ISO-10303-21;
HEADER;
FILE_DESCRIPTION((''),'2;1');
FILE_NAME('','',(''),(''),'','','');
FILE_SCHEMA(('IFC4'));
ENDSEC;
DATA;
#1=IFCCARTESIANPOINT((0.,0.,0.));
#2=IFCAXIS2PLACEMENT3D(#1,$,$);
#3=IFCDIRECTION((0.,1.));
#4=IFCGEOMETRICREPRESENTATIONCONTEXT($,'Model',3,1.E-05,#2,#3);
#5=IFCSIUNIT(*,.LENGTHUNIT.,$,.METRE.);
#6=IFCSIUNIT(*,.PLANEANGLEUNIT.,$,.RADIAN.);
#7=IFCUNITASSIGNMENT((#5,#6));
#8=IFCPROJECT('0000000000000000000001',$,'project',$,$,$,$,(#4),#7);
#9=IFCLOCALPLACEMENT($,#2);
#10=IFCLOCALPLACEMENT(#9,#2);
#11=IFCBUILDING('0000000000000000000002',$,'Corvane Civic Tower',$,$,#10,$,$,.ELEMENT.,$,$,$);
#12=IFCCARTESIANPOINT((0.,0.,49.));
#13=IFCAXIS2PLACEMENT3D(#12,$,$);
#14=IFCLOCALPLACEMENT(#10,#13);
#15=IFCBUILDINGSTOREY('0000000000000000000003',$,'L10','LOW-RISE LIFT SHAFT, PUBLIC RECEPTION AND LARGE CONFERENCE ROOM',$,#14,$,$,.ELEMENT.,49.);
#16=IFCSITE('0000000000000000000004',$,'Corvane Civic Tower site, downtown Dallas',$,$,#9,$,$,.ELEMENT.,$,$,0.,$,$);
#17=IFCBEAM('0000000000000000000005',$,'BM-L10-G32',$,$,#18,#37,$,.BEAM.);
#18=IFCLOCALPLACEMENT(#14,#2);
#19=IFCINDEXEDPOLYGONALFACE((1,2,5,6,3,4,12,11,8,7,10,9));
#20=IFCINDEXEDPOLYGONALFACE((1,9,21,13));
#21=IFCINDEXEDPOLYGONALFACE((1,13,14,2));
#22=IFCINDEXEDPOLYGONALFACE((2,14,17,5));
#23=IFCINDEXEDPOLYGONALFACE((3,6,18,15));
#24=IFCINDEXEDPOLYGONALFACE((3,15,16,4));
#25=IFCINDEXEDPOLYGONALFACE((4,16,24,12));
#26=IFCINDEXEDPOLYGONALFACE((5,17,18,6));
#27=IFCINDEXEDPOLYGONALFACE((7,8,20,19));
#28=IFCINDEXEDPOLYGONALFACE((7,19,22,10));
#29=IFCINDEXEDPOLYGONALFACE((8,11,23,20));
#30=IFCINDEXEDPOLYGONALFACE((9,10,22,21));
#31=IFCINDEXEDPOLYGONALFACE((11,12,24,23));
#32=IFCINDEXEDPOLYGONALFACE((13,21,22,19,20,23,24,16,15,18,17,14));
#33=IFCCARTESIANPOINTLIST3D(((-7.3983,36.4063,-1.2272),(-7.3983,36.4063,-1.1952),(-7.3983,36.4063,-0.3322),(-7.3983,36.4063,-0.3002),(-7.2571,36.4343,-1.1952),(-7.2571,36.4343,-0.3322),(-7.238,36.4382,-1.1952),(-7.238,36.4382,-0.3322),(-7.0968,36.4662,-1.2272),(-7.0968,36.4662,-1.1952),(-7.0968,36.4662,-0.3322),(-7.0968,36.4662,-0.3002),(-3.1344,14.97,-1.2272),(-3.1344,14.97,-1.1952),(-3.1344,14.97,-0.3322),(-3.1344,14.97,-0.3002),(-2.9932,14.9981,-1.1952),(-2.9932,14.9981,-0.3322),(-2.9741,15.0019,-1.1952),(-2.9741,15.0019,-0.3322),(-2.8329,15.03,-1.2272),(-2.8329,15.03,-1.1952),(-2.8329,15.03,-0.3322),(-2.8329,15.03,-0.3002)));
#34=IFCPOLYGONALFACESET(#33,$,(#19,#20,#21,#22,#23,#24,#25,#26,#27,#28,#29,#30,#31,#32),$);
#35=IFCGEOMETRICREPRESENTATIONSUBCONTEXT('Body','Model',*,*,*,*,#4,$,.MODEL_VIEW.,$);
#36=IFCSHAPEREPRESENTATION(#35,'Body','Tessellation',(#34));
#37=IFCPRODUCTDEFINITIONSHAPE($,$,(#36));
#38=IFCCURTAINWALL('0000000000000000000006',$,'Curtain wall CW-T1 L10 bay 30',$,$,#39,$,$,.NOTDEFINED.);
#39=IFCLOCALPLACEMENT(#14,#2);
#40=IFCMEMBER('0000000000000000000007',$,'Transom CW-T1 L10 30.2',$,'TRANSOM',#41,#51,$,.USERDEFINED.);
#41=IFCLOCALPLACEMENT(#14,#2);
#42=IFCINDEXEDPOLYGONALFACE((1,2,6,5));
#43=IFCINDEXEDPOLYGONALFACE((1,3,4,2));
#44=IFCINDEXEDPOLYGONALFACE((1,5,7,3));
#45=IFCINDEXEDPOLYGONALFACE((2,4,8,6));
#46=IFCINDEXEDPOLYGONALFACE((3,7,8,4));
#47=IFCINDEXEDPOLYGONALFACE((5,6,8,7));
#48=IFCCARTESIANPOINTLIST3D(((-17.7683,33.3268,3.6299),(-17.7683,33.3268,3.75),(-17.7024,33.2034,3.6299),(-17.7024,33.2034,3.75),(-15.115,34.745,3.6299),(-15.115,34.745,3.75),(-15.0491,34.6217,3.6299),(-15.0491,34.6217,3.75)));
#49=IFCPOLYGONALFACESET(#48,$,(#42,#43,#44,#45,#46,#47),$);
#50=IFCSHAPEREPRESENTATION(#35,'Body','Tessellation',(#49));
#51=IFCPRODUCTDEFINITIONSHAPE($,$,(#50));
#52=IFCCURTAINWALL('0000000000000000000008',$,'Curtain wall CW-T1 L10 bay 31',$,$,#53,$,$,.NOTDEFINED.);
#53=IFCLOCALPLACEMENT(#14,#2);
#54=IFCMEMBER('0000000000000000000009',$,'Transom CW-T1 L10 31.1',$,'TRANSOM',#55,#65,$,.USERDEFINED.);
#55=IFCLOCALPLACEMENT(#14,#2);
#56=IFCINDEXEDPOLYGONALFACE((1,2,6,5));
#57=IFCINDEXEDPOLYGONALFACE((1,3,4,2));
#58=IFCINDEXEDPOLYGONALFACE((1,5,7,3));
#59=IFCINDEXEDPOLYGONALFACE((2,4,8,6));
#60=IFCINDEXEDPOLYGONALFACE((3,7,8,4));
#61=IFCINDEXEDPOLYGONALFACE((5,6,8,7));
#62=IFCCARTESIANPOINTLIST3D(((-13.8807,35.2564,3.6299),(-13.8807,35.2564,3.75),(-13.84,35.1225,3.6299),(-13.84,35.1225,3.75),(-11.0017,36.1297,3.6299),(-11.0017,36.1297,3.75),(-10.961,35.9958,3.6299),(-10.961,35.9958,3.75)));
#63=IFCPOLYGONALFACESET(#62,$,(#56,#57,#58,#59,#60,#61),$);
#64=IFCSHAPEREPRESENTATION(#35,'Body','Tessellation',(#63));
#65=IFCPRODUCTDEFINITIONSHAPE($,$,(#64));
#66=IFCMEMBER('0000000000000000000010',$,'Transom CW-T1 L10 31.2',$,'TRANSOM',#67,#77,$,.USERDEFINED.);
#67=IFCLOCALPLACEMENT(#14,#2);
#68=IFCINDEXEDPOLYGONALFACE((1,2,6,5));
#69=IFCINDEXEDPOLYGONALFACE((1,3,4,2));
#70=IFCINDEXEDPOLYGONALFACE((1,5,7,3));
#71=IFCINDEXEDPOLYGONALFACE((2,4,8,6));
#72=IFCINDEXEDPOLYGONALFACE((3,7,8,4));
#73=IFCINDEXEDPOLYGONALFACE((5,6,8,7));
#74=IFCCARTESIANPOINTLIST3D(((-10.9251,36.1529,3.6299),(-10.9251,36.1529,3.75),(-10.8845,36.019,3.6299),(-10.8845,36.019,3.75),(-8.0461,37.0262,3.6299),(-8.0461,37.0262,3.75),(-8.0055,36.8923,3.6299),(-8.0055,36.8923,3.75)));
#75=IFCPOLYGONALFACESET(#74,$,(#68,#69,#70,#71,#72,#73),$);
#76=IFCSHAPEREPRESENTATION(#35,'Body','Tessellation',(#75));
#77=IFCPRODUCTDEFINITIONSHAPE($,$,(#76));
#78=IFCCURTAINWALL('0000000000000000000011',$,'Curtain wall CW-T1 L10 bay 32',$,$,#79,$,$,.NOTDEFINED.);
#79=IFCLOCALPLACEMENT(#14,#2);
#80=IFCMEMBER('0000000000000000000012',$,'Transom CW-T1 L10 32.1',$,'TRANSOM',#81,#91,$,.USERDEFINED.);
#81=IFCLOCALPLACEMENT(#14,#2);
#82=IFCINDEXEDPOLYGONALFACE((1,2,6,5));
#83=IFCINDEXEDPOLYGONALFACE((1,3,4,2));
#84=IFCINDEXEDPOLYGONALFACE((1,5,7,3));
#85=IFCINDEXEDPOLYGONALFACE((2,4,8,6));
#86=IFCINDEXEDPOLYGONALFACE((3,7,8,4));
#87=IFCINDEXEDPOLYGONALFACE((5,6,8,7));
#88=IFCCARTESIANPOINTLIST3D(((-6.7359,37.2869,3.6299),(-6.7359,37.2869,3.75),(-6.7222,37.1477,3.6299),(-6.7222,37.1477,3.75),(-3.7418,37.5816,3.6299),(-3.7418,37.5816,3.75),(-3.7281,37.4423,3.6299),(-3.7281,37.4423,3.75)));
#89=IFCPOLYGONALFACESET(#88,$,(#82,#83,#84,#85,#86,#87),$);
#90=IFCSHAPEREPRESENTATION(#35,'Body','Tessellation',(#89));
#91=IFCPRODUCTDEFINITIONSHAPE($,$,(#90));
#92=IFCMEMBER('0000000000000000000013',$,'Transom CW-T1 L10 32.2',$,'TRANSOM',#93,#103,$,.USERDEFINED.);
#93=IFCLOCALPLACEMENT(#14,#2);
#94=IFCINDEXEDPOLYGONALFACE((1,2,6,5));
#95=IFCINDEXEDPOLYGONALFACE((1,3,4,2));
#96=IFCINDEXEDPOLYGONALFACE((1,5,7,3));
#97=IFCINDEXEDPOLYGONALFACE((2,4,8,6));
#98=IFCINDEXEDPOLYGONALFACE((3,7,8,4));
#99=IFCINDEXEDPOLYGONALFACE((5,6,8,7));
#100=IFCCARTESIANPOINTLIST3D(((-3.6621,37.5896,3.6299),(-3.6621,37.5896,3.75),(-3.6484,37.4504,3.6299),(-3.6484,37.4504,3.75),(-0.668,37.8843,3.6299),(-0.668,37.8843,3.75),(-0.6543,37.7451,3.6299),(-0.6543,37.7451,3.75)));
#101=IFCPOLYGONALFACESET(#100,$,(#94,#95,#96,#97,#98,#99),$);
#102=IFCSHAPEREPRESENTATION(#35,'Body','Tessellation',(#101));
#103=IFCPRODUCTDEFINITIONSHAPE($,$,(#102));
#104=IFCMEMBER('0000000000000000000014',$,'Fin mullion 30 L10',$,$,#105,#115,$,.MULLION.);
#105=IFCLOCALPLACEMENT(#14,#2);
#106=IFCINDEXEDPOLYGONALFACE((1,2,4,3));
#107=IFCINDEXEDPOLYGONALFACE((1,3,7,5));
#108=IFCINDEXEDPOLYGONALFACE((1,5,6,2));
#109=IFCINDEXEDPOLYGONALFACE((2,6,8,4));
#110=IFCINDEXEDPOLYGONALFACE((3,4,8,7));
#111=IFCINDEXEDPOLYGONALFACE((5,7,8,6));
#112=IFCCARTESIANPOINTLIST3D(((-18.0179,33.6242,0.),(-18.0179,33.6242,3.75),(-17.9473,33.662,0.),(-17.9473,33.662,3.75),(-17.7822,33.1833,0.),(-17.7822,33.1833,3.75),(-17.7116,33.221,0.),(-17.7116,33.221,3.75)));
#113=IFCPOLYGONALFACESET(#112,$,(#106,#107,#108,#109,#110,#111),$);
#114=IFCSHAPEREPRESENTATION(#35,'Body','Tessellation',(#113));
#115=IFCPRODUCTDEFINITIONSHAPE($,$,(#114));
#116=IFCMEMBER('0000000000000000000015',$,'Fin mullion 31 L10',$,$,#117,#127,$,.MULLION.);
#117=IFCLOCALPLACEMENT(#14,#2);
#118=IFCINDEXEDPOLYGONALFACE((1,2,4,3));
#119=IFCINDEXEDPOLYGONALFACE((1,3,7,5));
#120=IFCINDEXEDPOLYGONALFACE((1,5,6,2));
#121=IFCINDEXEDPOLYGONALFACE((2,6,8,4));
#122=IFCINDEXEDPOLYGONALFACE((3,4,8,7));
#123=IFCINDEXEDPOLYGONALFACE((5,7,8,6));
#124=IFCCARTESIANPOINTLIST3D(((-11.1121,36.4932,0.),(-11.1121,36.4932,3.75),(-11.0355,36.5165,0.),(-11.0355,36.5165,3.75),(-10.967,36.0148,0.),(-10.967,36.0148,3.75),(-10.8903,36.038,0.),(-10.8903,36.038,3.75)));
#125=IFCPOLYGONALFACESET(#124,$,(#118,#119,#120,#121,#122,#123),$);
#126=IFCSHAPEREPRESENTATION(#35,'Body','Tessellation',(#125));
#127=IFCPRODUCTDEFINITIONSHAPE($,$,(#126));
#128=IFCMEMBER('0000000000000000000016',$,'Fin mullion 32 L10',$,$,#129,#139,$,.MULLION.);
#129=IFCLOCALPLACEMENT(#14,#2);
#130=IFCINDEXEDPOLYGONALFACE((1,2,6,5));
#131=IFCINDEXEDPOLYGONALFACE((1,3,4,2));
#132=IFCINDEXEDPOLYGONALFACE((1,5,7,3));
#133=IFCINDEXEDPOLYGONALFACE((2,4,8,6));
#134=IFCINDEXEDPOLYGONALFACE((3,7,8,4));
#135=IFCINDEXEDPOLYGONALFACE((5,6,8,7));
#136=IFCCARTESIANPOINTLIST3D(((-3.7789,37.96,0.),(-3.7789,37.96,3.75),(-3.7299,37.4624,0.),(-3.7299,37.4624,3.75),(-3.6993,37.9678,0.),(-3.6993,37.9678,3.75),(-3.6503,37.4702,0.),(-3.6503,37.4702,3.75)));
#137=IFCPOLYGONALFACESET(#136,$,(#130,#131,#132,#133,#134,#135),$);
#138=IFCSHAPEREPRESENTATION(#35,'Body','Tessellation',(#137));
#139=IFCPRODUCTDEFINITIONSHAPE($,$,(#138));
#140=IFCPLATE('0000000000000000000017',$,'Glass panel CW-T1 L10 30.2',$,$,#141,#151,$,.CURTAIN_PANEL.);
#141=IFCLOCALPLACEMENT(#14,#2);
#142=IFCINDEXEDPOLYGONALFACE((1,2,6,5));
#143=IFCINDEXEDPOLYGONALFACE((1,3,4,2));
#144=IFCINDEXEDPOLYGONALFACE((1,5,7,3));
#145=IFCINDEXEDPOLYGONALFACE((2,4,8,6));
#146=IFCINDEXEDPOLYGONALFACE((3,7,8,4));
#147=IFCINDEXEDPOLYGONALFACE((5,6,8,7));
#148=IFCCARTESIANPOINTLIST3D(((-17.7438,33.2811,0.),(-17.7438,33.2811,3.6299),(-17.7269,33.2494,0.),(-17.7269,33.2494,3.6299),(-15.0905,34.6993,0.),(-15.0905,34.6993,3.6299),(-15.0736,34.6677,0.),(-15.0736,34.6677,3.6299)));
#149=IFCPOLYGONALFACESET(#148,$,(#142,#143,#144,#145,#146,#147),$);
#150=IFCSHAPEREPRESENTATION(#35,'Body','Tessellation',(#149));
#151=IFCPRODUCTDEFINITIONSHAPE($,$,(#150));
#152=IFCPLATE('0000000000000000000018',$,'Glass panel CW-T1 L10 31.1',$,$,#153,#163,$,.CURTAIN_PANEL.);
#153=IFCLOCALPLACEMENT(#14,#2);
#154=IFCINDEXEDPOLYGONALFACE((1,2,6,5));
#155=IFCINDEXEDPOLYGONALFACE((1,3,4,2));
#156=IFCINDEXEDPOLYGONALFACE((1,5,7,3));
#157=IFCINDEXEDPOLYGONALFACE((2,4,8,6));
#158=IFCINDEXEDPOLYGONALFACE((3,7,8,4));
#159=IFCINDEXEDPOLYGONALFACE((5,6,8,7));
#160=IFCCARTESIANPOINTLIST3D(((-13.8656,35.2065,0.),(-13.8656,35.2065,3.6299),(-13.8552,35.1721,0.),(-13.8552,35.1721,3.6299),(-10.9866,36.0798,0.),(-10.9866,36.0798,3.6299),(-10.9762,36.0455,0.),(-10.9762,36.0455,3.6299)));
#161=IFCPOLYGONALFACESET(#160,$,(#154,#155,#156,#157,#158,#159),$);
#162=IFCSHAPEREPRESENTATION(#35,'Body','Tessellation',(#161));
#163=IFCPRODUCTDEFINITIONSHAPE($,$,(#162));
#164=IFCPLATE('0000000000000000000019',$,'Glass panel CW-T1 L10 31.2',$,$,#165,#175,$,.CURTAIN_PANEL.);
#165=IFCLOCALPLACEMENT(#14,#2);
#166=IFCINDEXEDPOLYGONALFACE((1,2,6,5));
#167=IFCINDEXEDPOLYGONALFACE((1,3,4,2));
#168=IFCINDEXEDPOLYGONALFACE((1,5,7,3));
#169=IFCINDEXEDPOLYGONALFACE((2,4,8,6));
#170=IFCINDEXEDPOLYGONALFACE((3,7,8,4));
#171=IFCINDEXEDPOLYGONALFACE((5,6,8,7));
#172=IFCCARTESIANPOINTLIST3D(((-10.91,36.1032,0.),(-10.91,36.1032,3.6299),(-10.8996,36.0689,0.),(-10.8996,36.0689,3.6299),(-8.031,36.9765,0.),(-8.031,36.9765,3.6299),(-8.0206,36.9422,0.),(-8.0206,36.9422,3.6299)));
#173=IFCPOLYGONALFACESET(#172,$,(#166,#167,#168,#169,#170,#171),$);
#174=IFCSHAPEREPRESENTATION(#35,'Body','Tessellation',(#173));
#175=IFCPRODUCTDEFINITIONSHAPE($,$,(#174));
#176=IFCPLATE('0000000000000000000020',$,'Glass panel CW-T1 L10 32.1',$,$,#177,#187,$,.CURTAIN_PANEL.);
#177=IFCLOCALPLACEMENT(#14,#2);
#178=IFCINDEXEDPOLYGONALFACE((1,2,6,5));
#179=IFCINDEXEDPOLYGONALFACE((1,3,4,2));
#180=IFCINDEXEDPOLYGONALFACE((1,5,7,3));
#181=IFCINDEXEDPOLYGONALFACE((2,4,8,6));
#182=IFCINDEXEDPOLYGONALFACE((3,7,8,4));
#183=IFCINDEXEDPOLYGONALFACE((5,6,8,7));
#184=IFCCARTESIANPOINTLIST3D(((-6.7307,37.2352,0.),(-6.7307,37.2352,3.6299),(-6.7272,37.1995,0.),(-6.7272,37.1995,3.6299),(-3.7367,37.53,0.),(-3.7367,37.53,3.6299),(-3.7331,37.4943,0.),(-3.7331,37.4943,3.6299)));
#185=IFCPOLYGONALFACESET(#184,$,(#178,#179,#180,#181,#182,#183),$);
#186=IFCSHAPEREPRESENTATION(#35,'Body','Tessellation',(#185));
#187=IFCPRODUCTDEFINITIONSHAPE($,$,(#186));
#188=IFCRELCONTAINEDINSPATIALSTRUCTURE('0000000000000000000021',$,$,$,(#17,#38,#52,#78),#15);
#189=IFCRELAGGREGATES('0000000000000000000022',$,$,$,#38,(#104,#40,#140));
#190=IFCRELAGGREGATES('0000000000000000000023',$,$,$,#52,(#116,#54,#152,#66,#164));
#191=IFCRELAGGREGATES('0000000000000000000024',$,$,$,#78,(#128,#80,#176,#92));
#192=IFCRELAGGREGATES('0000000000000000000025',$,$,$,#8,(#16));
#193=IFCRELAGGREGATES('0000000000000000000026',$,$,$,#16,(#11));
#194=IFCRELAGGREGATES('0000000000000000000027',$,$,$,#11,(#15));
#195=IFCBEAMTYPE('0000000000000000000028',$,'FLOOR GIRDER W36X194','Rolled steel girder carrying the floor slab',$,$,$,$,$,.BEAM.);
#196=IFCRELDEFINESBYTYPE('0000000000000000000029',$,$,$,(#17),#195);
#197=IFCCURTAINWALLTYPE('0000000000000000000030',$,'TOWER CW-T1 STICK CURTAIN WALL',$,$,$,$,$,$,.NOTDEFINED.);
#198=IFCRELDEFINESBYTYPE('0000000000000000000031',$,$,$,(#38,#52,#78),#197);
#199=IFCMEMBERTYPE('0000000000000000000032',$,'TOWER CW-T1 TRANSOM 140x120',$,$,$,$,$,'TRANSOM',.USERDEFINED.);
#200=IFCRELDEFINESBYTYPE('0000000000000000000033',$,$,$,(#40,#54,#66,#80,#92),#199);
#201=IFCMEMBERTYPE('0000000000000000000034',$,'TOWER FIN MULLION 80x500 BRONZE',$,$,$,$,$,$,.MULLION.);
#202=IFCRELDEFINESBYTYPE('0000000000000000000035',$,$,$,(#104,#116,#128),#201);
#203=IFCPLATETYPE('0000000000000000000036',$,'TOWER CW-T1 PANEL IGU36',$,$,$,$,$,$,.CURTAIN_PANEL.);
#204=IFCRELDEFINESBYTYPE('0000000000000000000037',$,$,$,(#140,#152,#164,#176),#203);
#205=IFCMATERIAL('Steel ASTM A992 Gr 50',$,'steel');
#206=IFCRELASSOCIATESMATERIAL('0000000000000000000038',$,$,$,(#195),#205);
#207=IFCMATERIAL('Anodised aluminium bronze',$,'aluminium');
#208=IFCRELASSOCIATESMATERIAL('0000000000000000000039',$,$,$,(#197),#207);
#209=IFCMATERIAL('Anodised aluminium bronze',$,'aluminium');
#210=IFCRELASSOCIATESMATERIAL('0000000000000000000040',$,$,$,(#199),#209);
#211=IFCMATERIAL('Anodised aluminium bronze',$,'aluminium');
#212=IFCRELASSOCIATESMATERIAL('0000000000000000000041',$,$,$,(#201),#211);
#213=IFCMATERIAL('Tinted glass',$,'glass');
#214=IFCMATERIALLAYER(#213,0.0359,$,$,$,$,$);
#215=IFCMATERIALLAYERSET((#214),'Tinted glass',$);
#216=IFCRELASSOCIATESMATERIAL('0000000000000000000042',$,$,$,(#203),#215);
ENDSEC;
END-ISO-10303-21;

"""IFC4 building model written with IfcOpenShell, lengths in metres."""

from ifc_helpers import new_model, si_unit, direction, frame, origin, origin_2d, place, context, subcontext, project, spatial, rectangle, i_section, extrude, material, layer, layer_set, material_profile, profile_set, type_object, element, aggregate, save


model = new_model("IFC4")

# Units and contexts
model_context = context("Model", 3, precision=1e-05, world=origin(), true_north=direction((0.0, 1.0)))
body_context = subcontext(model_context, "Body", "Model", "MODEL_VIEW")
ifc_project = project(units=[si_unit("LENGTHUNIT", "METRE"), si_unit("PLANEANGLEUNIT", "RADIAN")], contexts=[model_context])

# Site, building, storey
site_placement = place(None, origin())
site = spatial("IfcSite", under=ifc_project, at=site_placement, Name="Corvane Civic Tower site, downtown Dallas", CompositionType="ELEMENT", RefElevation=0.0)
building_placement = place(site_placement, origin())
building = spatial("IfcBuilding", under=site, at=building_placement, Name="Corvane Civic Tower", CompositionType="ELEMENT")
storey_placement = place(building_placement, frame((0.0, 0.0, 49.0)))
storey = spatial("IfcBuildingStorey", under=building, at=storey_placement, Name="L10", Description="LOW-RISE LIFT SHAFT, PUBLIC RECEPTION AND LARGE CONFERENCE ROOM", CompositionType="ELEMENT", Elevation=49.0)

# Beam
ifc_material_1 = material(Name="Steel ASTM A992 Gr 50", Category="steel")
ifc_material_profile_1 = material_profile(ifc_material_1, i_section(OverallWidth=0.3074, OverallDepth=0.927, WebThickness=0.0195, FlangeThickness=0.032, at=origin_2d()), Name="W36X194")
ifc_profile_set_1 = profile_set([ifc_material_profile_1], Name="Steel ASTM A992 Gr 50")
beam_type_1 = type_object("IfcBeamType", Name="FLOOR GIRDER W36X194", Description="Rolled steel girder carrying the floor slab", PredefinedType="BEAM", material=ifc_profile_set_1)
beam_1_placement = place(storey_placement, frame((-2.9836, 15.0, -0.7637), z_axis=(-0.195089, 0.980785, 0.0), x_axis=(-0.980785, -0.195089, 0.0)))
element("IfcBeam", 1, at=beam_1_placement, inside=storey, type_object=beam_type_1, Name="BM-L10-G32", PredefinedType="BEAM", context=body_context, shape_type="SweptSolid", body=[
    extrude(i_section(OverallWidth=0.3074, OverallDepth=0.927, WebThickness=0.0195, FlangeThickness=0.032, at=origin_2d()), origin(), (0.0, 0.0, 1.0), 21.8562),
])

# Curtain wall, member
ifc_material_2 = material(Name="Anodised aluminium bronze", Category="aluminium")
curtain_wall_type = type_object("IfcCurtainWallType", Name="TOWER CW-T1 STICK CURTAIN WALL", PredefinedType="NOTDEFINED", material=ifc_material_2)
curtain_wall_1_placement = place(storey_placement, origin())
curtain_wall_1 = element("IfcCurtainWall", 2, at=curtain_wall_1_placement, inside=storey, type_object=curtain_wall_type, Name="Curtain wall CW-T1 L10 bay 30", PredefinedType="NOTDEFINED")
ifc_material_3 = material(Name="Anodised aluminium bronze", Category="aluminium")
ifc_material_profile_2 = material_profile(ifc_material_3, rectangle(XDim=0.1399, YDim=0.1201, at=origin_2d()), Name="TOWER CW-T1 TRANSOM 140x120")
ifc_profile_set_2 = profile_set([ifc_material_profile_2], Name="Anodised aluminium bronze")
member_type_1 = type_object("IfcMemberType", Name="TOWER CW-T1 TRANSOM 140x120", ElementType="TRANSOM", PredefinedType="USERDEFINED", material=ifc_profile_set_2)
member_1_placement = place(storey_placement, frame((-17.7354, 33.2651, 3.6899), z_axis=(0.881924, 0.471393, 0.0), x_axis=(-0.471393, 0.881924, 0.0)))
member_1 = element("IfcMember", 3, at=member_1_placement, type_object=member_type_1, Name="Transom CW-T1 L10 30.2", ObjectType="TRANSOM", PredefinedType="USERDEFINED", context=body_context, shape_type="SweptSolid", body=[
    extrude(rectangle(XDim=0.1399, YDim=0.1201, at=origin_2d()), origin(), (0.0, 0.0, 1.0), 3.0085),
])

# Curtain walls, members
curtain_wall_2_placement = place(storey_placement, origin())
curtain_wall_2 = element("IfcCurtainWall", 4, at=curtain_wall_2_placement, inside=storey, type_object=curtain_wall_type, Name="Curtain wall CW-T1 L10 bay 31", PredefinedType="NOTDEFINED")
member_2_placement = place(storey_placement, frame((-13.8604, 35.1895, 3.6899), z_axis=(0.956942, 0.29028, 0.0), x_axis=(-0.29028, 0.956942, 0.0)))
member_2 = element("IfcMember", 5, at=member_2_placement, type_object=member_type_1, Name="Transom CW-T1 L10 31.1", ObjectType="TRANSOM", PredefinedType="USERDEFINED", context=body_context, shape_type="SweptSolid", body=[
    extrude(rectangle(XDim=0.1399, YDim=0.1201, at=origin_2d()), origin(), (0.0, 0.0, 1.0), 3.0085),
])
member_3_placement = place(storey_placement, frame((-10.9048, 36.0859, 3.6899), z_axis=(0.956942, 0.29028, 0.0), x_axis=(-0.29028, 0.956942, 0.0)))
member_3 = element("IfcMember", 6, at=member_3_placement, type_object=member_type_1, Name="Transom CW-T1 L10 31.2", ObjectType="TRANSOM", PredefinedType="USERDEFINED", context=body_context, shape_type="SweptSolid", body=[
    extrude(rectangle(XDim=0.1399, YDim=0.1201, at=origin_2d()), origin(), (0.0, 0.0, 1.0), 3.0085),
])
curtain_wall_3_placement = place(storey_placement, origin())
curtain_wall_3 = element("IfcCurtainWall", 7, at=curtain_wall_3_placement, inside=storey, type_object=curtain_wall_type, Name="Curtain wall CW-T1 L10 bay 32", PredefinedType="NOTDEFINED")
member_4_placement = place(storey_placement, frame((-6.729, 37.2173, 3.6899), z_axis=(0.995192, 0.097945, 0.0), x_axis=(-0.097945, 0.995192, 0.0)))
member_4 = element("IfcMember", 8, at=member_4_placement, type_object=member_type_1, Name="Transom CW-T1 L10 32.1", ObjectType="TRANSOM", PredefinedType="USERDEFINED", context=body_context, shape_type="SweptSolid", body=[
    extrude(rectangle(XDim=0.1399, YDim=0.1201, at=origin_2d()), origin(), (0.0, 0.0, 1.0), 3.0085),
])
member_5_placement = place(storey_placement, frame((-3.6553, 37.52, 3.6899), z_axis=(0.995192, 0.097945, 0.0), x_axis=(-0.097945, 0.995192, 0.0)))
member_5 = element("IfcMember", 9, at=member_5_placement, type_object=member_type_1, Name="Transom CW-T1 L10 32.2", ObjectType="TRANSOM", PredefinedType="USERDEFINED", context=body_context, shape_type="SweptSolid", body=[
    extrude(rectangle(XDim=0.1399, YDim=0.1201, at=origin_2d()), origin(), (0.0, 0.0, 1.0), 3.0085),
])

# Members
ifc_material_4 = material(Name="Anodised aluminium bronze", Category="aluminium")
ifc_material_profile_3 = material_profile(ifc_material_4, rectangle(XDim=0.0801, YDim=0.5, at=origin_2d()), Name="TOWER FIN MULLION 80x500 BRONZE")
ifc_profile_set_3 = profile_set([ifc_material_profile_3], Name="Anodised aluminium bronze")
member_type_2 = type_object("IfcMemberType", Name="TOWER FIN MULLION 80x500 BRONZE", PredefinedType="MULLION", material=ifc_profile_set_3)
member_6_placement = place(storey_placement, frame((-17.8647, 33.4226, 0.0), z_axis=(0.0, 0.0, 1.0), x_axis=(0.881918, 0.471404, 0.0)))
member_6 = element("IfcMember", 10, at=member_6_placement, type_object=member_type_2, Name="Fin mullion 30 L10", PredefinedType="MULLION", context=body_context, shape_type="SweptSolid", body=[
    extrude(rectangle(XDim=0.0801, YDim=0.5, at=origin_2d()), origin(), (0.0, 0.0, 1.0), 3.75),
])
member_7_placement = place(storey_placement, frame((-11.0012, 36.2656, 0.0), z_axis=(0.0, 0.0, 1.0), x_axis=(0.956942, 0.290278, 0.0)))
member_7 = element("IfcMember", 11, at=member_7_placement, type_object=member_type_2, Name="Fin mullion 31 L10", PredefinedType="MULLION", context=body_context, shape_type="SweptSolid", body=[
    extrude(rectangle(XDim=0.0801, YDim=0.5, at=origin_2d()), origin(), (0.0, 0.0, 1.0), 3.75),
])
member_8_placement = place(storey_placement, frame((-3.7146, 37.7151, 0.0), z_axis=(0.0, 0.0, 1.0), x_axis=(0.995186, 0.098006, 0.0)))
member_8 = element("IfcMember", 12, at=member_8_placement, type_object=member_type_2, Name="Fin mullion 32 L10", PredefinedType="MULLION", context=body_context, shape_type="SweptSolid", body=[
    extrude(rectangle(XDim=0.0801, YDim=0.5, at=origin_2d()), origin(), (0.0, 0.0, 1.0), 3.75),
])

# Plates
ifc_material_5 = material(Name="Tinted glass", Category="glass")
ifc_layer_1 = layer(ifc_material_5, 0.0359)
ifc_layer_set_1 = layer_set([ifc_layer_1], Name="Tinted glass")
plate_type = type_object("IfcPlateType", Name="TOWER CW-T1 PANEL IGU36", PredefinedType="CURTAIN_PANEL", material=ifc_layer_set_1)
plate_1_placement = place(storey_placement, frame((-16.4087, 33.9744, 0.0), z_axis=(0.0, 0.0, 1.0), x_axis=(0.881918, 0.471404, 0.0)))
plate_1 = element("IfcPlate", 13, at=plate_1_placement, type_object=plate_type, Name="Glass panel CW-T1 L10 30.2", PredefinedType="CURTAIN_PANEL", context=body_context, shape_type="SweptSolid", body=[
    extrude(rectangle(XDim=3.0085, YDim=0.0359, at=origin_2d()), origin(), (0.0, 0.0, 1.0), 3.6299),
])
aggregate(curtain_wall_1, [member_6, member_1, plate_1])
plate_2_placement = place(storey_placement, frame((-12.4209, 35.626, 0.0), z_axis=(0.0, 0.0, 1.0), x_axis=(0.956942, 0.290278, 0.0)))
plate_2 = element("IfcPlate", 14, at=plate_2_placement, type_object=plate_type, Name="Glass panel CW-T1 L10 31.1", PredefinedType="CURTAIN_PANEL", context=body_context, shape_type="SweptSolid", body=[
    extrude(rectangle(XDim=3.0085, YDim=0.0359, at=origin_2d()), origin(), (0.0, 0.0, 1.0), 3.6299),
])
plate_3_placement = place(storey_placement, frame((-9.4653, 36.5227, 0.0), z_axis=(0.0, 0.0, 1.0), x_axis=(0.956942, 0.290278, 0.0)))
plate_3 = element("IfcPlate", 15, at=plate_3_placement, type_object=plate_type, Name="Glass panel CW-T1 L10 31.2", PredefinedType="CURTAIN_PANEL", context=body_context, shape_type="SweptSolid", body=[
    extrude(rectangle(XDim=3.0085, YDim=0.0359, at=origin_2d()), origin(), (0.0, 0.0, 1.0), 3.6299),
])
aggregate(curtain_wall_2, [member_7, member_2, plate_2, member_3, plate_3])
plate_4_placement = place(storey_placement, frame((-5.2319, 37.3647, 0.0), z_axis=(0.0, 0.0, 1.0), x_axis=(0.995186, 0.098006, 0.0)))
plate_4 = element("IfcPlate", 16, at=plate_4_placement, type_object=plate_type, Name="Glass panel CW-T1 L10 32.1", PredefinedType="CURTAIN_PANEL", context=body_context, shape_type="SweptSolid", body=[
    extrude(rectangle(XDim=3.0085, YDim=0.0359, at=origin_2d()), origin(), (0.0, 0.0, 1.0), 3.6299),
])
aggregate(curtain_wall_3, [member_8, member_4, plate_4, member_5])

save(model, "model.ifc")
